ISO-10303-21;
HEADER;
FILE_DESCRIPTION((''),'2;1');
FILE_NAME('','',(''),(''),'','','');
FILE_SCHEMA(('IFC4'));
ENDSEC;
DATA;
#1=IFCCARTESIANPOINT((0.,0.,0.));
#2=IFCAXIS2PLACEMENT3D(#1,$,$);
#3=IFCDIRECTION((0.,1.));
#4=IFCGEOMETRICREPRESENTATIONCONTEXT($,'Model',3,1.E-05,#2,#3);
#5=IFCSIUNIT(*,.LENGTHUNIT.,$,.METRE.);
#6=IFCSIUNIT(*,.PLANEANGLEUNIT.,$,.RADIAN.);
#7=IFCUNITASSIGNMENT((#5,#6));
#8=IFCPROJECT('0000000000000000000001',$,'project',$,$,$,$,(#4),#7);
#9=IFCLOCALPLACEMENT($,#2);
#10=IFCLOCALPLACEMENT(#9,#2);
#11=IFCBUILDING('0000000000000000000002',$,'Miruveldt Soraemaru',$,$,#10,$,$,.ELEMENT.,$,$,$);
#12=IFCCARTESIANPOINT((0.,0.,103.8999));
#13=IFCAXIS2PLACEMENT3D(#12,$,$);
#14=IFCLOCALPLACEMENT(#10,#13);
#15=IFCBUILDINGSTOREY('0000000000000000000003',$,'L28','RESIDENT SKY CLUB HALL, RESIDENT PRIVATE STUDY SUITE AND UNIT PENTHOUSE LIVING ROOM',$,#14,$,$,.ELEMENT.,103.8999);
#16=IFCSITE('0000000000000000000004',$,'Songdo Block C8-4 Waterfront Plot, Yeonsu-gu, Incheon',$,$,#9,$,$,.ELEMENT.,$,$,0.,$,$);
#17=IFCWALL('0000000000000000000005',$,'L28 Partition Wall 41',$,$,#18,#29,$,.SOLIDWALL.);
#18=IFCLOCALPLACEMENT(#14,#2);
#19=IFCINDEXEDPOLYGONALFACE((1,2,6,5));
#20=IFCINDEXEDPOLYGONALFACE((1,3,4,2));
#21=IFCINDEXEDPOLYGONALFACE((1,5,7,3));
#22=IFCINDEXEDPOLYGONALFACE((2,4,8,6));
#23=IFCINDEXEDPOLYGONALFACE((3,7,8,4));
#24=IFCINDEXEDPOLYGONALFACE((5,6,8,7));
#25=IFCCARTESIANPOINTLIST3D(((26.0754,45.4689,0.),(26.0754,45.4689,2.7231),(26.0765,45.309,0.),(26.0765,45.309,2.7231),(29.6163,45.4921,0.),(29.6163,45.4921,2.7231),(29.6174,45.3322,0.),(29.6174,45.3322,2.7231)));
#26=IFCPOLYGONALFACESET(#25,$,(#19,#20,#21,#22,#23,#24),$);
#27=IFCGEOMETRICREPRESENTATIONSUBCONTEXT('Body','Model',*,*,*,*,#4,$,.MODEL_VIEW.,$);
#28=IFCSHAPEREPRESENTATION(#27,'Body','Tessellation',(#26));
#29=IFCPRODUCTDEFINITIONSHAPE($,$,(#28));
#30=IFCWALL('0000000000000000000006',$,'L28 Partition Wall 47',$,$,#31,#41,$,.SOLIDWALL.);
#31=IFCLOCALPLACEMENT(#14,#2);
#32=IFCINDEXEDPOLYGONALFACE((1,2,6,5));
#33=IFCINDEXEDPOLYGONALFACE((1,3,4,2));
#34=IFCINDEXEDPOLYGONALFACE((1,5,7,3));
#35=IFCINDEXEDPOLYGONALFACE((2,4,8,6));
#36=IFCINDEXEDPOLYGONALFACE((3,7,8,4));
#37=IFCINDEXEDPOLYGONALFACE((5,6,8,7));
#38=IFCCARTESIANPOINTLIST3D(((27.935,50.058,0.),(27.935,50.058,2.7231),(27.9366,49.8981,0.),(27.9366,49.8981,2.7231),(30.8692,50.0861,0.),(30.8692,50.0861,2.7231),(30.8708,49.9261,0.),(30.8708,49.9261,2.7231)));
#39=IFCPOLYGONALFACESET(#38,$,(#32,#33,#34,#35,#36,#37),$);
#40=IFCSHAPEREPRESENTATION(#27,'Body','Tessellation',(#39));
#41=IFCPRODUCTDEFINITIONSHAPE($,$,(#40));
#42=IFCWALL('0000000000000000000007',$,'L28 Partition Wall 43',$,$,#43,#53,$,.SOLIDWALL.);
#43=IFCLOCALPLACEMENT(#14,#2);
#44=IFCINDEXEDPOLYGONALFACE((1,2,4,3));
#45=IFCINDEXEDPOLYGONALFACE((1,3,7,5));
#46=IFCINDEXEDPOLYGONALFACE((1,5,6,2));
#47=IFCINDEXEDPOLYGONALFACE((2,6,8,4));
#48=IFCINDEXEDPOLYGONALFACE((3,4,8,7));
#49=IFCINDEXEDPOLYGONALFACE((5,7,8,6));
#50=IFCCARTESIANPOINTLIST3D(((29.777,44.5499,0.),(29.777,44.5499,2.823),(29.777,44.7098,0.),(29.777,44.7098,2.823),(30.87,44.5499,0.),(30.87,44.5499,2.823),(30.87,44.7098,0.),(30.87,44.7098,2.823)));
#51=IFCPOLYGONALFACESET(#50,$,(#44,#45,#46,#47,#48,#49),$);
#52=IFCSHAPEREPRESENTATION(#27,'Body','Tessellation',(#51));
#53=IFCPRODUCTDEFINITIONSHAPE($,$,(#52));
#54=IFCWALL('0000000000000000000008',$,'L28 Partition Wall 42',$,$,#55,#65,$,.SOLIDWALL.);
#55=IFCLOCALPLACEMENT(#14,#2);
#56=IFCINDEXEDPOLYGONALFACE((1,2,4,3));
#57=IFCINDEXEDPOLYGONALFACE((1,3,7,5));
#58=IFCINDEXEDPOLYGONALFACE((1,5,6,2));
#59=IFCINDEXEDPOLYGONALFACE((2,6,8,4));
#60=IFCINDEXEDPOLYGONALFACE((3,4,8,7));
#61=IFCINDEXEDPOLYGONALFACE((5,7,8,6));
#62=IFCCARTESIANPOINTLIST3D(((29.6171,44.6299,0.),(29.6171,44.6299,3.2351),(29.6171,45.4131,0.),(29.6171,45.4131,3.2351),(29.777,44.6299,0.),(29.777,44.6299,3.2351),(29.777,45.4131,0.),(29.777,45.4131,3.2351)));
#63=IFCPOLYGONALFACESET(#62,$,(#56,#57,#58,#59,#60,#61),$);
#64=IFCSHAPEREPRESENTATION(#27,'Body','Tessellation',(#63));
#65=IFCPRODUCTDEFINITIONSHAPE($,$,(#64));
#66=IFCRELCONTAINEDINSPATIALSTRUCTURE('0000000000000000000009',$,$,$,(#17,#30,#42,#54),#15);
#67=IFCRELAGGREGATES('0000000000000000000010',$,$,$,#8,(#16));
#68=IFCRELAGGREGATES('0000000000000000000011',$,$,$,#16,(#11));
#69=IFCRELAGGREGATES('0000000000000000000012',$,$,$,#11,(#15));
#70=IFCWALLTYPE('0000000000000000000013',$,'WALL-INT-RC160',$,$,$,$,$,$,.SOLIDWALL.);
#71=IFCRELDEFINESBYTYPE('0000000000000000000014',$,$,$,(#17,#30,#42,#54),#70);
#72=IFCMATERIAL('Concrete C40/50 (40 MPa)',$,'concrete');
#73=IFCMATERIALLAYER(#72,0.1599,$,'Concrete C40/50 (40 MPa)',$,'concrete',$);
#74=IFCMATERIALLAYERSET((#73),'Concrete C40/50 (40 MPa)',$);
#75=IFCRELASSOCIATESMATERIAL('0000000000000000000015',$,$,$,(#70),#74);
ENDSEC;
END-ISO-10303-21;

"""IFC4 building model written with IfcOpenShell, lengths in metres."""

from ifc_helpers import new_model, si_unit, direction, frame, frame_2d, origin, place, context, subcontext, project, spatial, rectangle, extrude, material, layer, layer_set, type_object, element, save


model = new_model("IFC4")

# Units and contexts
model_context = context("Model", 3, precision=1e-05, world=origin(), true_north=direction((0.0, 1.0)))
body_context = subcontext(model_context, "Body", "Model", "MODEL_VIEW")
ifc_project = project(units=[si_unit("LENGTHUNIT", "METRE"), si_unit("PLANEANGLEUNIT", "RADIAN")], contexts=[model_context])

# Site, building, storey
site_placement = place(None, origin())
site = spatial("IfcSite", under=ifc_project, at=site_placement, Name="Songdo Block C8-4 Waterfront Plot, Yeonsu-gu, Incheon", CompositionType="ELEMENT", RefElevation=0.0)
building_placement = place(site_placement, origin())
building = spatial("IfcBuilding", under=site, at=building_placement, Name="Miruveldt Soraemaru", CompositionType="ELEMENT")
storey_placement = place(building_placement, frame((0.0, 0.0, 103.8999)))
storey = spatial("IfcBuildingStorey", under=building, at=storey_placement, Name="L28", Description="RESIDENT SKY CLUB HALL, RESIDENT PRIVATE STUDY SUITE AND UNIT PENTHOUSE LIVING ROOM", CompositionType="ELEMENT", Elevation=103.8999)

# Walls
ifc_material_1 = material(Name="Concrete C40/50 (40 MPa)", Category="concrete")
ifc_layer_1 = layer(ifc_material_1, 0.1599, Name="Concrete C40/50 (40 MPa)", Category="concrete")
ifc_layer_set_1 = layer_set([ifc_layer_1], Name="Concrete C40/50 (40 MPa)")
wall_type_1 = type_object("IfcWallType", Name="WALL-INT-RC160", PredefinedType="SOLIDWALL", material=ifc_layer_set_1)
wall_1_placement = place(storey_placement, frame((26.0759, 45.3889, 0.0), z_axis=(0.0, 0.0, 1.0), x_axis=(0.999979, 0.00655, 0.0)))
element("IfcWall", 1, at=wall_1_placement, inside=storey, type_object=wall_type_1, Name="L28 Partition Wall 41", PredefinedType="SOLIDWALL", context=body_context, shape_type="SweptSolid", body=[
    extrude(rectangle(XDim=3.541, YDim=0.1599, at=frame_2d((1.7705, 0.0))), origin(), (0.0, 0.0, 1.0), 2.7231),
])
wall_2_placement = place(storey_placement, frame((30.8701, 50.0061, 0.0), z_axis=(0.0, 0.0, 1.0), x_axis=(-0.999954, -0.009569, 0.0)))
element("IfcWall", 2, at=wall_2_placement, inside=storey, type_object=wall_type_1, Name="L28 Partition Wall 47", PredefinedType="SOLIDWALL", context=body_context, shape_type="SweptSolid", body=[
    extrude(rectangle(XDim=2.9343, YDim=0.1599, at=frame_2d((1.4673, 0.0))), origin(), (0.0, 0.0, 1.0), 2.7231),
])
wall_3_placement = place(storey_placement, frame((29.7771, 44.6299, 0.0), z_axis=(0.0, 0.0, 1.0), x_axis=(1.0, 0.0, 0.0)))
element("IfcWall", 3, at=wall_3_placement, inside=storey, type_object=wall_type_1, Name="L28 Partition Wall 43", PredefinedType="SOLIDWALL", context=body_context, shape_type="SweptSolid", body=[
    extrude(rectangle(XDim=1.093, YDim=0.1599, at=frame_2d((0.5464, 0.0))), origin(), (0.0, 0.0, 1.0), 2.823),
])
wall_4_placement = place(storey_placement, frame((29.697, 45.4131, 0.0), z_axis=(0.0, 0.0, 1.0), x_axis=(0.0, -1.0, 0.0)))
element("IfcWall", 4, at=wall_4_placement, inside=storey, type_object=wall_type_1, Name="L28 Partition Wall 42", PredefinedType="SOLIDWALL", context=body_context, shape_type="SweptSolid", body=[
    extrude(rectangle(XDim=0.7832, YDim=0.1599, at=frame_2d((0.3916, 0.0))), origin(), (0.0, 0.0, 1.0), 3.2351),
])

save(model, "model.ifc")
